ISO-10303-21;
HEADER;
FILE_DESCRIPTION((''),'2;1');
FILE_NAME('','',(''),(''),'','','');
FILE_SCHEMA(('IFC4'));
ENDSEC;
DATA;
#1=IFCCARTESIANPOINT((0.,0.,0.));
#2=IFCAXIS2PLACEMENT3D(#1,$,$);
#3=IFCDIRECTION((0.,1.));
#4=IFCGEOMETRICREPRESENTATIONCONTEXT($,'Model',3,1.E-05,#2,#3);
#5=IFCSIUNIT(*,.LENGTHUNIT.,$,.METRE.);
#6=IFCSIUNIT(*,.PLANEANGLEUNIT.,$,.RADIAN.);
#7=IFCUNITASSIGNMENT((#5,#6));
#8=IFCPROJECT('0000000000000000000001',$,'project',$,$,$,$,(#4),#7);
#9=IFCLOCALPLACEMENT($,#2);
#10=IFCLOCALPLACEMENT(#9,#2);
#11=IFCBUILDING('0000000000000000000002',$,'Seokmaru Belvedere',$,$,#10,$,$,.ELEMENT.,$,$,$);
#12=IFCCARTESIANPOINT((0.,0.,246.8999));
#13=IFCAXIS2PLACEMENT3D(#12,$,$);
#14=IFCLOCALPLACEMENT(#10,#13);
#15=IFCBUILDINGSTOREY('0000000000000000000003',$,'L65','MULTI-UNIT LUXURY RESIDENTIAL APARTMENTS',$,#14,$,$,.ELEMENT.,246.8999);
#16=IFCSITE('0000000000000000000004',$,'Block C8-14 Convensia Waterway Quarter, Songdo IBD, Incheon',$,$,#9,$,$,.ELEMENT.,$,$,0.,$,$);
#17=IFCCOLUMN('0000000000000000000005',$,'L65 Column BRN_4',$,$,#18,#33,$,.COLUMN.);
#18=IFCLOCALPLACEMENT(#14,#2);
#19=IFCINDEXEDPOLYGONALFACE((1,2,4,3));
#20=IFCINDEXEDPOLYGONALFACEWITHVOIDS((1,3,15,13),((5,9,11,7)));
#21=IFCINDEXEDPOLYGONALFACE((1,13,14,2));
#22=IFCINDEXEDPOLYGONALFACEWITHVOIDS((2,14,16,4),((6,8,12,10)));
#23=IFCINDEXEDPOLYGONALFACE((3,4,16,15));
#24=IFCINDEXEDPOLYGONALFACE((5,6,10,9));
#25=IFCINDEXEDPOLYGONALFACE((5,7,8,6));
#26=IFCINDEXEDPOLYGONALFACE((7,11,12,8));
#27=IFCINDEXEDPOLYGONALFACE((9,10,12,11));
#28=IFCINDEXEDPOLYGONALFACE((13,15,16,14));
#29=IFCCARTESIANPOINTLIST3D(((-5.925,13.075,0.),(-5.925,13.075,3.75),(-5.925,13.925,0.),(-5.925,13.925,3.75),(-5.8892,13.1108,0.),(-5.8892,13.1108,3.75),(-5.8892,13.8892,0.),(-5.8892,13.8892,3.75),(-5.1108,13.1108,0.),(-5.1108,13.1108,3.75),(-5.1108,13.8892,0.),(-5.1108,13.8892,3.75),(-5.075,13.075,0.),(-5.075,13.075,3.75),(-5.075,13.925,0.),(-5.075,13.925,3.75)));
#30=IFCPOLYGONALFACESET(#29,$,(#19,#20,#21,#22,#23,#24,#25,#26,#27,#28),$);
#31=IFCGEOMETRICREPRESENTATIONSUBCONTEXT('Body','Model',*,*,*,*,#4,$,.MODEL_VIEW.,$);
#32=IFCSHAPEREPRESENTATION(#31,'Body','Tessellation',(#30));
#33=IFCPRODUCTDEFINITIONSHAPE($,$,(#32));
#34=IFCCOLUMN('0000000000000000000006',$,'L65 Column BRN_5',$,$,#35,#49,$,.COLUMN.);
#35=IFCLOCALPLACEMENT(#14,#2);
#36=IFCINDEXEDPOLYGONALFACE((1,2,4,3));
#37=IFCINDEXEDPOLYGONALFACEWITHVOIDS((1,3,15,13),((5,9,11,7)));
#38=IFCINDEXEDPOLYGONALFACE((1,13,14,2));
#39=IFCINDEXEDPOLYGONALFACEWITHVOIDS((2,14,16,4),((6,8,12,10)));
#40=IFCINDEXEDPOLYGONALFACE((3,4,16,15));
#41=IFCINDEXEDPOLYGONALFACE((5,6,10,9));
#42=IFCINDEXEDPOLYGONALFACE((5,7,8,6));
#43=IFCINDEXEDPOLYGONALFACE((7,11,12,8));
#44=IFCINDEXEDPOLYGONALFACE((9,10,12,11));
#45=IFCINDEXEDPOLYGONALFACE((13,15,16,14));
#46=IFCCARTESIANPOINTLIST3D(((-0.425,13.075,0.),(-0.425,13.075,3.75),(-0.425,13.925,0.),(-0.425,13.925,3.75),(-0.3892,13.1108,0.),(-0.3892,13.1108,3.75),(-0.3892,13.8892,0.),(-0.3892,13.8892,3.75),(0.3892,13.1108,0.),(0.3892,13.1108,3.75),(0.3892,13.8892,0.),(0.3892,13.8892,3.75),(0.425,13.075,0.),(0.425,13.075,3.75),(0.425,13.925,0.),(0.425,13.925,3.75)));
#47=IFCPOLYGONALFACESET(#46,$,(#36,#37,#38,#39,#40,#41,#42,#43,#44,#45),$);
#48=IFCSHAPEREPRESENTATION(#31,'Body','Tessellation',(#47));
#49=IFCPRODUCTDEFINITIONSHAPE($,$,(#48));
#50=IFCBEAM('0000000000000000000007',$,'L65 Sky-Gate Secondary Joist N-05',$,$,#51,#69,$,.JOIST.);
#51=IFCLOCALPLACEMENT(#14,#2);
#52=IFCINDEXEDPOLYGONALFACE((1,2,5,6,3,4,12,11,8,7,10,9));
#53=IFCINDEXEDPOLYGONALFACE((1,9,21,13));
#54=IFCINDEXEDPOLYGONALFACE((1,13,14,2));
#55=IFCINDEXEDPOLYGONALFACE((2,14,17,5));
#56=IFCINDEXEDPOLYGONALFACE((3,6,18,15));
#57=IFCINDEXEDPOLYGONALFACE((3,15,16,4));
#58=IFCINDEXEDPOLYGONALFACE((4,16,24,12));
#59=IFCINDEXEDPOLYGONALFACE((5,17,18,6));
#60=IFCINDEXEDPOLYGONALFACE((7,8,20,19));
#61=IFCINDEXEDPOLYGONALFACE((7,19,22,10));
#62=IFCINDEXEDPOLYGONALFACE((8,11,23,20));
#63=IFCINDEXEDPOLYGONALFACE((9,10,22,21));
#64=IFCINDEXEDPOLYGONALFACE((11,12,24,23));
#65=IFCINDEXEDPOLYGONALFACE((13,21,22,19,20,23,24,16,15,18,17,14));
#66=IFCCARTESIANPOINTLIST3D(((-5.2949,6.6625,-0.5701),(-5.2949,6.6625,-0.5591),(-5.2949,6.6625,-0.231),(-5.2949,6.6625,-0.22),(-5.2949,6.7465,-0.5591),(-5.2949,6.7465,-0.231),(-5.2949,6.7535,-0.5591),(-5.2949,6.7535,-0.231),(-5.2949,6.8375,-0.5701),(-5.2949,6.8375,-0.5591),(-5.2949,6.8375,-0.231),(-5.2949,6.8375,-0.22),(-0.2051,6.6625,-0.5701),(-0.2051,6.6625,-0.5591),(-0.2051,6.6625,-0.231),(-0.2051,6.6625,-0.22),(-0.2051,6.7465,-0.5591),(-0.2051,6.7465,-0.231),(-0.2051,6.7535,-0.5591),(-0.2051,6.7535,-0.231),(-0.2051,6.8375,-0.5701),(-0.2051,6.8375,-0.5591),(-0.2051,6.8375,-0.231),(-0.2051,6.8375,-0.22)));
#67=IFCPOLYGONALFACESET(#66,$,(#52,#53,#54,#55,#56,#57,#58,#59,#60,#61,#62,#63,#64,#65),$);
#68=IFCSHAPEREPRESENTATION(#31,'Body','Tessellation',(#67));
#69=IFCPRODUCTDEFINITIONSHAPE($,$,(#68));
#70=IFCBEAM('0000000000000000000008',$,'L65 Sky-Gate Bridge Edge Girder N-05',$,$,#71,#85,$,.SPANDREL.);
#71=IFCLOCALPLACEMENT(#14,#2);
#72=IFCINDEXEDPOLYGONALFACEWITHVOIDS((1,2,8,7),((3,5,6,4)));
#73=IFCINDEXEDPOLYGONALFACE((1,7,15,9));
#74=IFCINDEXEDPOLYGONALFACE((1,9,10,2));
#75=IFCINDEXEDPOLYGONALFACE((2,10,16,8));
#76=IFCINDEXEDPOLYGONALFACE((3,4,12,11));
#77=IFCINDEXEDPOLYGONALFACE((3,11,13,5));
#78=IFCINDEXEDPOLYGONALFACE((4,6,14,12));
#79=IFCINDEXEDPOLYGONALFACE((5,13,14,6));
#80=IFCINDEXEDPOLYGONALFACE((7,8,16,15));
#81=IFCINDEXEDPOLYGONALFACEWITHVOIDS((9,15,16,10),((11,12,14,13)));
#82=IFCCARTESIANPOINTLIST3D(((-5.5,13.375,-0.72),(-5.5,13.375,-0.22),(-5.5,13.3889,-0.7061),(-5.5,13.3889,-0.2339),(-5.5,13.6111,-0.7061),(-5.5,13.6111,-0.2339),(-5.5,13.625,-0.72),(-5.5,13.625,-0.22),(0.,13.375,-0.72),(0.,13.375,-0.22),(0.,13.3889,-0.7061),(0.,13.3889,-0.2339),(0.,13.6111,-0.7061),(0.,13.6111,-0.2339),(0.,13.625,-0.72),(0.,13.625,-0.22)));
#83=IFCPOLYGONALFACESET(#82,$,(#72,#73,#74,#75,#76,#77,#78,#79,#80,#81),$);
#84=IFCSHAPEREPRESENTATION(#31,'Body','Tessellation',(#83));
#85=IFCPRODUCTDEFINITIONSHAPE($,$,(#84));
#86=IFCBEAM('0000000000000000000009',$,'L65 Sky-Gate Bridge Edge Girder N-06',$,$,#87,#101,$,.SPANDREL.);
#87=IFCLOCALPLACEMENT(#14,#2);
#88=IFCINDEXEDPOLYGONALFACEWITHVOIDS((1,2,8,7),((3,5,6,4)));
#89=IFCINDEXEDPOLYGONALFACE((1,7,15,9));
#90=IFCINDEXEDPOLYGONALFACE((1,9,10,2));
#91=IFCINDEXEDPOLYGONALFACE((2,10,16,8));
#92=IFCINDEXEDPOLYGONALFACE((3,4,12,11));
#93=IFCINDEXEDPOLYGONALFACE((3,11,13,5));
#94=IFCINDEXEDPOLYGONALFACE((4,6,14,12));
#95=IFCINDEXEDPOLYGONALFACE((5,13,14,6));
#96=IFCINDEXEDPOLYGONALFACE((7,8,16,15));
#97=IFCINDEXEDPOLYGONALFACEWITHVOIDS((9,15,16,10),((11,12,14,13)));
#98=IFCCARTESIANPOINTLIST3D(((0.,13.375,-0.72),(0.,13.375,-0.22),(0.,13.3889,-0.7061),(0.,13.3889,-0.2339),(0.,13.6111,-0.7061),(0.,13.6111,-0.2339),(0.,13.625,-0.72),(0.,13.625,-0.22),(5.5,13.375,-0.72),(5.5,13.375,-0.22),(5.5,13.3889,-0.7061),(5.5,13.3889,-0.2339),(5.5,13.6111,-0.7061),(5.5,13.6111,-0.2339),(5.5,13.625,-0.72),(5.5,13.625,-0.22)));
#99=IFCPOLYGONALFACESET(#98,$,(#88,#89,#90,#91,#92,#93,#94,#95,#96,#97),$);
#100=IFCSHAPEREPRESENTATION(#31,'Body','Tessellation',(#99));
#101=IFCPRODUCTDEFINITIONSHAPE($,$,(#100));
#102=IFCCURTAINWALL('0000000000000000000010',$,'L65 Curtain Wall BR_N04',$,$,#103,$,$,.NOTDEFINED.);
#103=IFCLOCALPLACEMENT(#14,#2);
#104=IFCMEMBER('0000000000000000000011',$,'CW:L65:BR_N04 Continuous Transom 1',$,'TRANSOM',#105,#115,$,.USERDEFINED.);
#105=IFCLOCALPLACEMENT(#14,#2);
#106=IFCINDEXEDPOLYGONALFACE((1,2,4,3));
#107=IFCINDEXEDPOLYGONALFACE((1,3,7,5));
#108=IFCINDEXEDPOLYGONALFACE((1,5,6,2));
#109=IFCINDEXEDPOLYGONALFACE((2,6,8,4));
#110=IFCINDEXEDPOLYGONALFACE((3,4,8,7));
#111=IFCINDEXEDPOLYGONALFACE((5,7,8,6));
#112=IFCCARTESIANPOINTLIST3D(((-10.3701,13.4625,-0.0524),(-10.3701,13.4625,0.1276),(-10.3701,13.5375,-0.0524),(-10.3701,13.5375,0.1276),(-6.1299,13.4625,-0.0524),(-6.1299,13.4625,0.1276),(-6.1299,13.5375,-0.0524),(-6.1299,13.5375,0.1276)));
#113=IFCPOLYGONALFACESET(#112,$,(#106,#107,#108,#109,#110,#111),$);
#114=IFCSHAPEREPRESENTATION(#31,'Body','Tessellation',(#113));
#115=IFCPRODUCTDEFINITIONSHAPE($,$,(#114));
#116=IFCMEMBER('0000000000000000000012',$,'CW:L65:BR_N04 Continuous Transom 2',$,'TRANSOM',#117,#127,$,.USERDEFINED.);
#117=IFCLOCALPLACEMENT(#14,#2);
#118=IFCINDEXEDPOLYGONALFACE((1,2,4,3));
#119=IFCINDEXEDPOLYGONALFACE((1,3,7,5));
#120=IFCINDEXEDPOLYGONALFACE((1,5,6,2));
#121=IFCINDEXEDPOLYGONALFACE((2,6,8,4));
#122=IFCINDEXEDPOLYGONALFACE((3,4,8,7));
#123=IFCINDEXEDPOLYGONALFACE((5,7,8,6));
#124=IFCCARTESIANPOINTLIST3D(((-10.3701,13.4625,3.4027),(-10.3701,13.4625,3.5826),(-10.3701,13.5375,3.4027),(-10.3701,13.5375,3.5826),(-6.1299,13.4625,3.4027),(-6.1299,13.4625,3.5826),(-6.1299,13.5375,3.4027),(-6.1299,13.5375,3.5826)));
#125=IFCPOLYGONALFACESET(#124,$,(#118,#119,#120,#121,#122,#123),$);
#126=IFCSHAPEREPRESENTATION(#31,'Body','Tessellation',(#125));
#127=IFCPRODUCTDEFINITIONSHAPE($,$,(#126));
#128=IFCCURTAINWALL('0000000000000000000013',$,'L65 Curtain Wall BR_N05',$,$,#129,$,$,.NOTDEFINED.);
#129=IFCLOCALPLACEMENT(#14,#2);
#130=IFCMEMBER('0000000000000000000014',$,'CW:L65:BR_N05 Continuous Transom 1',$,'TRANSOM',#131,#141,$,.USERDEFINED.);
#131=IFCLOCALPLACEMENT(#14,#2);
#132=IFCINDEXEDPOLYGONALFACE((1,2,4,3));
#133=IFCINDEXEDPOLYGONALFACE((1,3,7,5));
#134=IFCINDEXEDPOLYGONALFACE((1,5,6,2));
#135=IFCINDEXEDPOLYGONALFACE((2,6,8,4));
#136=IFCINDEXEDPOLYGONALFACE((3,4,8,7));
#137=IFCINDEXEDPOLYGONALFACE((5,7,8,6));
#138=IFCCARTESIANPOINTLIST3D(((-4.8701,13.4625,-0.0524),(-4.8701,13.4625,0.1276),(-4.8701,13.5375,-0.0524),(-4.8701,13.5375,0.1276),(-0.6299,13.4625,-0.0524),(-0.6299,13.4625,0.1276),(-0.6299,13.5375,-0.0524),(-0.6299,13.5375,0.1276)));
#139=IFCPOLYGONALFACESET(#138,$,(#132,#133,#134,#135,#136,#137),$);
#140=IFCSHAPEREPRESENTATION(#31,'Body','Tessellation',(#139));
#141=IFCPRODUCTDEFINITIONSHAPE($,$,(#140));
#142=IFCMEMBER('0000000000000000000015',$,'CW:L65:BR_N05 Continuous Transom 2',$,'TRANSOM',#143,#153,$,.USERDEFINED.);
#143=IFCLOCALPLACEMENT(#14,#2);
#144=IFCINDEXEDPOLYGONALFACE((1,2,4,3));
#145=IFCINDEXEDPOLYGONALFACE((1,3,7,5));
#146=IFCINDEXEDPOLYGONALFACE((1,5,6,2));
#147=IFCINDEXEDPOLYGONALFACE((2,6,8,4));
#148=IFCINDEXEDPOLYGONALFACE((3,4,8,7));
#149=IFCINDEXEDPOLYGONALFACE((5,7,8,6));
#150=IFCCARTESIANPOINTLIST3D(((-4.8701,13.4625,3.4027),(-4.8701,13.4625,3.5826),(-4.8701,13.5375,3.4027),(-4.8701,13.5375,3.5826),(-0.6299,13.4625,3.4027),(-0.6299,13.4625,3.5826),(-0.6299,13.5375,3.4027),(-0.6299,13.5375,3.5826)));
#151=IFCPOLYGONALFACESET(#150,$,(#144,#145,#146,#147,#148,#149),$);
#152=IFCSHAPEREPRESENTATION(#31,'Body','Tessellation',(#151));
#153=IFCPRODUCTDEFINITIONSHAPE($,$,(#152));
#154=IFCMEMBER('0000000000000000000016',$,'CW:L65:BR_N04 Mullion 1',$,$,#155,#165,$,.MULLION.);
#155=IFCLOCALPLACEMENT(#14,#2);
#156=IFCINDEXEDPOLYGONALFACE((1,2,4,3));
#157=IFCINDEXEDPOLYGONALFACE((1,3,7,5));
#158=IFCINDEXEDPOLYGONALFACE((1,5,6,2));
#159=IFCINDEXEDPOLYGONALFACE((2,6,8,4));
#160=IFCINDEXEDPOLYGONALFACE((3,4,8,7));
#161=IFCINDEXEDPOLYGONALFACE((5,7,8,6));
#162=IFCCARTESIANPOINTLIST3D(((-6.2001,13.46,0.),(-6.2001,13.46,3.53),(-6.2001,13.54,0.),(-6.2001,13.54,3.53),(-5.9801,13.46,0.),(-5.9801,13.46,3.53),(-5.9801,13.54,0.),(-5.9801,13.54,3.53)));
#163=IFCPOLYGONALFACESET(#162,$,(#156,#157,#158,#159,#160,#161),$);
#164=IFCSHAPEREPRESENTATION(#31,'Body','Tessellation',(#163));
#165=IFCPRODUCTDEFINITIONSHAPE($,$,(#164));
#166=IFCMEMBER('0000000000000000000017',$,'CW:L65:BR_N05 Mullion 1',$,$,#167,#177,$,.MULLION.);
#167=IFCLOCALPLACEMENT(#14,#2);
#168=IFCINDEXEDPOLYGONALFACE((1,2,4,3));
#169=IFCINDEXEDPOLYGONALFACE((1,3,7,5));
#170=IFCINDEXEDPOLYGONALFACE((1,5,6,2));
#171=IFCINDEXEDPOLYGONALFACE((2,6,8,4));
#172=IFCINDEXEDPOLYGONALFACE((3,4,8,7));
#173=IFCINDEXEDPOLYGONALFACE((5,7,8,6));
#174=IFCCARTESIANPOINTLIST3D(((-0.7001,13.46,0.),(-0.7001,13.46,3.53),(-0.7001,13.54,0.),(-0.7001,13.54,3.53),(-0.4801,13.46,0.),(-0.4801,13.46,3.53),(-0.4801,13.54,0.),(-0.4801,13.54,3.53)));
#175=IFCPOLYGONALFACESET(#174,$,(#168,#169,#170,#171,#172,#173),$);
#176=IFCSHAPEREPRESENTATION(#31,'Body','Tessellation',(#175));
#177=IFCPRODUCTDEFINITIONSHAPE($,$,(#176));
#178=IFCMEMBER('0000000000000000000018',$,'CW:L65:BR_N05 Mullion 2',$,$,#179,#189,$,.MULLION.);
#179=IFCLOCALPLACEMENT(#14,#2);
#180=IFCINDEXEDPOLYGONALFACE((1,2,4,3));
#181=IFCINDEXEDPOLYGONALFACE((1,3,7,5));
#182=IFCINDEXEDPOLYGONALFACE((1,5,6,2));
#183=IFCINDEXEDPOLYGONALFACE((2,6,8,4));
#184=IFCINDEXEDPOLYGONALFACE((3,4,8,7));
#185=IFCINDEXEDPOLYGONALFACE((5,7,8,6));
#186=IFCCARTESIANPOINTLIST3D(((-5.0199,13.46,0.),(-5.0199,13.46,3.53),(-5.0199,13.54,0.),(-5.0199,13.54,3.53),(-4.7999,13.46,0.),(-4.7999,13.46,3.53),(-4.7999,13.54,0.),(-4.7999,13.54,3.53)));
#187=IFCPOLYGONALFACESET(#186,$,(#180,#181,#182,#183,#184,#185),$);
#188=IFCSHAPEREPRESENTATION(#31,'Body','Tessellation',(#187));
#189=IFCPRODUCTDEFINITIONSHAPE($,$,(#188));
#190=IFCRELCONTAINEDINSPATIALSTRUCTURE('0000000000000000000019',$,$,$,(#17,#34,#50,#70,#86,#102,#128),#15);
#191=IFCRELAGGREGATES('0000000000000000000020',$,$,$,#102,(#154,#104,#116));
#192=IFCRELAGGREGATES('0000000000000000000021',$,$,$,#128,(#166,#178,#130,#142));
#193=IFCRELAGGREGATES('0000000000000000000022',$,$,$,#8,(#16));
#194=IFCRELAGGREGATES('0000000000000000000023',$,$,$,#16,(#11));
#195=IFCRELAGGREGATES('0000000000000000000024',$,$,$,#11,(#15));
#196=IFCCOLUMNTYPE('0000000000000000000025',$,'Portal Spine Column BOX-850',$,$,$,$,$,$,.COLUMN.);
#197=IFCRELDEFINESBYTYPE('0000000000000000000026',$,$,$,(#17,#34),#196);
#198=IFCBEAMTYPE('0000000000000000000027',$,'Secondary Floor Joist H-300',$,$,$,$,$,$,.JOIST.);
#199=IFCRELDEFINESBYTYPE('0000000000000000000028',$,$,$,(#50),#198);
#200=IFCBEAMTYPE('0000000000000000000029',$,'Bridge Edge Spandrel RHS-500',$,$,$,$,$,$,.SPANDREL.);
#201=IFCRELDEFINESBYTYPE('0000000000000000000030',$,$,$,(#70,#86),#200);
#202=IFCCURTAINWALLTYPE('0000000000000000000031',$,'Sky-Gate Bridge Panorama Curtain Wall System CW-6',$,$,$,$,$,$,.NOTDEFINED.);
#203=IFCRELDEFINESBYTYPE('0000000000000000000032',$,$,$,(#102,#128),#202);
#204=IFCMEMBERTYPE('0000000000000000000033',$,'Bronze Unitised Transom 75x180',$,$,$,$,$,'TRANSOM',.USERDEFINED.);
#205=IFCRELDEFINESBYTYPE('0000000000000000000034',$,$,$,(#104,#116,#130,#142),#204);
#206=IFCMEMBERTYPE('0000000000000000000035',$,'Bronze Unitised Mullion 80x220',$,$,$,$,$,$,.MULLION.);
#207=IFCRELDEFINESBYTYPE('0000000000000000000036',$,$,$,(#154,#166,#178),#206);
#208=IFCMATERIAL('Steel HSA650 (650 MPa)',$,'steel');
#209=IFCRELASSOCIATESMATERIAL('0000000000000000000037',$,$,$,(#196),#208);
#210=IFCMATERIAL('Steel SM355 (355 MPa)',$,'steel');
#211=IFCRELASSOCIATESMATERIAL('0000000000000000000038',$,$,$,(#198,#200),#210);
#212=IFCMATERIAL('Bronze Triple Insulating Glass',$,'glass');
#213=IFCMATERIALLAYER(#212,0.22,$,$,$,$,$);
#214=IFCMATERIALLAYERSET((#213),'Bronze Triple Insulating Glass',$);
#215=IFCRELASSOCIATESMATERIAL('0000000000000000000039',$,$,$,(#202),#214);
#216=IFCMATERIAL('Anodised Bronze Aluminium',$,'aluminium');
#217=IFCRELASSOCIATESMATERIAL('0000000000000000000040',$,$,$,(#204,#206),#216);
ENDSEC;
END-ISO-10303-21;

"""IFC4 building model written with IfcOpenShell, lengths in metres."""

from ifc_helpers import new_model, si_unit, direction, frame, origin, origin_2d, place, context, subcontext, project, spatial, rectangle, hollow_rectangle, i_section, extrude, source, transform, mapped, material, layer, layer_set, material_profile, profile_set, type_object, type_shapes, element, aggregate, save


model = new_model("IFC4")

# Units and contexts
model_context = context("Model", 3, precision=1e-05, world=origin(), true_north=direction((0.0, 1.0)))
body_context = subcontext(model_context, "Body", "Model", "MODEL_VIEW")
ifc_project = project(units=[si_unit("LENGTHUNIT", "METRE"), si_unit("PLANEANGLEUNIT", "RADIAN")], contexts=[model_context])

# Site, building, storey
site_placement = place(None, origin())
site = spatial("IfcSite", under=ifc_project, at=site_placement, Name="Block C8-14 Convensia Waterway Quarter, Songdo IBD, Incheon", CompositionType="ELEMENT", RefElevation=0.0)
building_placement = place(site_placement, origin())
building = spatial("IfcBuilding", under=site, at=building_placement, Name="Seokmaru Belvedere", CompositionType="ELEMENT")
storey_placement = place(building_placement, frame((0.0, 0.0, 246.8999)))
storey = spatial("IfcBuildingStorey", under=building, at=storey_placement, Name="L65", Description="MULTI-UNIT LUXURY RESIDENTIAL APARTMENTS", CompositionType="ELEMENT", Elevation=246.8999)

# Columns
ifc_material_1 = material(Name="Steel HSA650 (650 MPa)", Category="steel")
ifc_material_profile_1 = material_profile(ifc_material_1, hollow_rectangle(XDim=0.8501, YDim=0.8501, WallThickness=0.0359, at=origin_2d()), Name="BOX-850x850x36")
ifc_profile_set_1 = profile_set([ifc_material_profile_1], Name="Steel HSA650 (650 MPa)")
column_type = type_object("IfcColumnType", Name="Portal Spine Column BOX-850", PredefinedType="COLUMN", material=ifc_profile_set_1)
shared_shape_1 = source(origin(), body_context, "Body", "SweptSolid", [
    extrude(hollow_rectangle(XDim=0.8501, YDim=0.8501, WallThickness=0.0359, at=origin_2d()), origin(), (0.0, 0.0, 1.0), 3.75),
])
type_shapes(column_type, [shared_shape_1])
for number, where, z_axis, x_axis, name in (
    (1, (-5.5, 13.5, 0.0), (0.0, 0.0, 1.0), (1.0, 0.0, 0.0), "L65 Column BRN_4"),
    (2, (0.0, 13.5, 0.0), (0.0, 0.0, 1.0), (1.0, 0.0, 0.0), "L65 Column BRN_5"),
):
    element("IfcColumn", number, at=place(storey_placement, frame(where, z_axis=z_axis, x_axis=x_axis)), inside=storey, type_object=column_type, Name=name, PredefinedType="COLUMN", context=body_context, shape_type="MappedRepresentation", body=[
        mapped(shared_shape_1, transform((0.0, 0.0, 0.0), scale=1.0)),
    ])

# Beams
ifc_material_2 = material(Name="Steel SM355 (355 MPa)", Category="steel")
ifc_material_profile_2 = material_profile(ifc_material_2, i_section(OverallWidth=0.175, OverallDepth=0.3501, WebThickness=0.0071, FlangeThickness=0.011, at=origin_2d()), Name="H-350x175x7x11")
ifc_profile_set_2 = profile_set([ifc_material_profile_2], Name="Steel SM355 (355 MPa)")
beam_type_1 = type_object("IfcBeamType", Name="Secondary Floor Joist H-300", PredefinedType="JOIST", material=ifc_profile_set_2)
shared_shape_2 = source(origin(), body_context, "Body", "SweptSolid", [
    extrude(i_section(OverallWidth=0.175, OverallDepth=0.3501, WebThickness=0.0071, FlangeThickness=0.011, at=origin_2d()), origin(), (0.0, 0.0, 1.0), 5.0898),
])
type_shapes(beam_type_1, [shared_shape_2])
beam_placement = place(storey_placement, frame((-5.2949, 6.75, -0.395), z_axis=(1.0, 0.0, 0.0), x_axis=(0.0, 1.0, 0.0)))
element("IfcBeam", 3, at=beam_placement, inside=storey, type_object=beam_type_1, Name="L65 Sky-Gate Secondary Joist N-05", PredefinedType="JOIST", context=body_context, shape_type="MappedRepresentation", body=[
    mapped(shared_shape_2, transform((0.0, 0.0, 0.0), scale=1.0)),
])
ifc_material_profile_3 = material_profile(ifc_material_2, hollow_rectangle(XDim=0.25, YDim=0.5, WallThickness=0.0139, at=origin_2d()), Name="RHS-500x250x14")
ifc_profile_set_3 = profile_set([ifc_material_profile_3], Name="Steel SM355 (355 MPa)")
beam_type_2 = type_object("IfcBeamType", Name="Bridge Edge Spandrel RHS-500", PredefinedType="SPANDREL", material=ifc_profile_set_3)
shared_shape_3 = source(origin(), body_context, "Body", "SweptSolid", [
    extrude(hollow_rectangle(XDim=0.25, YDim=0.5, WallThickness=0.0139, at=origin_2d()), origin(), (0.0, 0.0, 1.0), 5.5),
])
type_shapes(beam_type_2, [shared_shape_3])
for number, where, z_axis, x_axis, name in (
    (4, (-5.5, 13.5, -0.47), (1.0, 0.0, 0.0), (0.0, 1.0, 0.0), "L65 Sky-Gate Bridge Edge Girder N-05"),
    (5, (0.0, 13.5, -0.47), (1.0, 0.0, 0.0), (0.0, 1.0, 0.0), "L65 Sky-Gate Bridge Edge Girder N-06"),
):
    element("IfcBeam", number, at=place(storey_placement, frame(where, z_axis=z_axis, x_axis=x_axis)), inside=storey, type_object=beam_type_2, Name=name, PredefinedType="SPANDREL", context=body_context, shape_type="MappedRepresentation", body=[
        mapped(shared_shape_3, transform((0.0, 0.0, 0.0), scale=1.0)),
    ])

# Curtain walls, members
ifc_material_3 = material(Name="Bronze Triple Insulating Glass", Category="glass")
ifc_layer_1 = layer(ifc_material_3, 0.22)
ifc_layer_set_1 = layer_set([ifc_layer_1], Name="Bronze Triple Insulating Glass")
curtain_wall_type = type_object("IfcCurtainWallType", Name="Sky-Gate Bridge Panorama Curtain Wall System CW-6", PredefinedType="NOTDEFINED", material=ifc_layer_set_1)
curtain_wall_1_placement = place(storey_placement, origin())
curtain_wall_1 = element("IfcCurtainWall", 6, at=curtain_wall_1_placement, inside=storey, type_object=curtain_wall_type, Name="L65 Curtain Wall BR_N04", PredefinedType="NOTDEFINED")
ifc_material_4 = material(Name="Anodised Bronze Aluminium", Category="aluminium")
ifc_material_profile_4 = material_profile(ifc_material_4, rectangle(XDim=0.075, YDim=0.1799, at=origin_2d()), Name="CW-T-75x180")
ifc_profile_set_4 = profile_set([ifc_material_profile_4], Name="Anodised Bronze Aluminium")
member_type_1 = type_object("IfcMemberType", Name="Bronze Unitised Transom 75x180", ElementType="TRANSOM", PredefinedType="USERDEFINED", material=ifc_profile_set_4)
shared_shape_4 = source(origin(), body_context, "Body", "SweptSolid", [
    extrude(rectangle(XDim=0.075, YDim=0.1799, at=origin_2d()), origin(), (0.0, 0.0, 1.0), 4.2402),
])
type_shapes(member_type_1, [shared_shape_4])
member_1_placement = place(storey_placement, frame((-6.1299, 13.5, 0.0376), z_axis=(-1.0, 0.0, 0.0), x_axis=(0.0, -1.0, 0.0)))
member_1 = element("IfcMember", 7, at=member_1_placement, type_object=member_type_1, Name="CW:L65:BR_N04 Continuous Transom 1", ObjectType="TRANSOM", PredefinedType="USERDEFINED", context=body_context, shape_type="MappedRepresentation", body=[
    mapped(shared_shape_4, transform((0.0, 0.0, 0.0), scale=1.0)),
])
member_2_placement = place(storey_placement, frame((-6.1299, 13.5, 3.4927), z_axis=(-1.0, 0.0, 0.0), x_axis=(0.0, -1.0, 0.0)))
member_2 = element("IfcMember", 8, at=member_2_placement, type_object=member_type_1, Name="CW:L65:BR_N04 Continuous Transom 2", ObjectType="TRANSOM", PredefinedType="USERDEFINED", context=body_context, shape_type="MappedRepresentation", body=[
    mapped(shared_shape_4, transform((0.0, 0.0, 0.0), scale=1.0)),
])
curtain_wall_2_placement = place(storey_placement, origin())
curtain_wall_2 = element("IfcCurtainWall", 9, at=curtain_wall_2_placement, inside=storey, type_object=curtain_wall_type, Name="L65 Curtain Wall BR_N05", PredefinedType="NOTDEFINED")
member_3_placement = place(storey_placement, frame((-0.6299, 13.5, 0.0376), z_axis=(-1.0, 0.0, 0.0), x_axis=(0.0, -1.0, 0.0)))
member_3 = element("IfcMember", 10, at=member_3_placement, type_object=member_type_1, Name="CW:L65:BR_N05 Continuous Transom 1", ObjectType="TRANSOM", PredefinedType="USERDEFINED", context=body_context, shape_type="MappedRepresentation", body=[
    mapped(shared_shape_4, transform((0.0, 0.0, 0.0), scale=1.0)),
])
member_4_placement = place(storey_placement, frame((-0.6299, 13.5, 3.4927), z_axis=(-1.0, 0.0, 0.0), x_axis=(0.0, -1.0, 0.0)))
member_4 = element("IfcMember", 11, at=member_4_placement, type_object=member_type_1, Name="CW:L65:BR_N05 Continuous Transom 2", ObjectType="TRANSOM", PredefinedType="USERDEFINED", context=body_context, shape_type="MappedRepresentation", body=[
    mapped(shared_shape_4, transform((0.0, 0.0, 0.0), scale=1.0)),
])

# Members
ifc_material_profile_5 = material_profile(ifc_material_4, rectangle(XDim=0.0801, YDim=0.22, at=origin_2d()), Name="CW-M-80x220")
ifc_profile_set_5 = profile_set([ifc_material_profile_5], Name="Anodised Bronze Aluminium")
member_type_2 = type_object("IfcMemberType", Name="Bronze Unitised Mullion 80x220", PredefinedType="MULLION", material=ifc_profile_set_5)
shared_shape_5 = source(origin(), body_context, "Body", "SweptSolid", [
    extrude(rectangle(XDim=0.0801, YDim=0.22, at=origin_2d()), origin(), (0.0, 0.0, 1.0), 3.53),
])
type_shapes(member_type_2, [shared_shape_5])
member_5_placement = place(storey_placement, frame((-6.0901, 13.5, 0.0), z_axis=(0.0, 0.0, 1.0), x_axis=(0.0, -1.0, 0.0)))
member_5 = element("IfcMember", 12, at=member_5_placement, type_object=member_type_2, Name="CW:L65:BR_N04 Mullion 1", PredefinedType="MULLION", context=body_context, shape_type="MappedRepresentation", body=[
    mapped(shared_shape_5, transform((0.0, 0.0, 0.0), scale=1.0)),
])
member_6_placement = place(storey_placement, frame((-0.5901, 13.5, 0.0), z_axis=(0.0, 0.0, 1.0), x_axis=(0.0, -1.0, 0.0)))
member_6 = element("IfcMember", 13, at=member_6_placement, type_object=member_type_2, Name="CW:L65:BR_N05 Mullion 1", PredefinedType="MULLION", context=body_context, shape_type="MappedRepresentation", body=[
    mapped(shared_shape_5, transform((0.0, 0.0, 0.0), scale=1.0)),
])
member_7_placement = place(storey_placement, frame((-4.9099, 13.5, 0.0), z_axis=(0.0, 0.0, 1.0), x_axis=(0.0, -1.0, 0.0)))
member_7 = element("IfcMember", 14, at=member_7_placement, type_object=member_type_2, Name="CW:L65:BR_N05 Mullion 2", PredefinedType="MULLION", context=body_context, shape_type="MappedRepresentation", body=[
    mapped(shared_shape_5, transform((0.0, 0.0, 0.0), scale=1.0)),
])

aggregate(curtain_wall_1, [member_5, member_1, member_2])
aggregate(curtain_wall_2, [member_6, member_7, member_3, member_4])

save(model, "model.ifc")
